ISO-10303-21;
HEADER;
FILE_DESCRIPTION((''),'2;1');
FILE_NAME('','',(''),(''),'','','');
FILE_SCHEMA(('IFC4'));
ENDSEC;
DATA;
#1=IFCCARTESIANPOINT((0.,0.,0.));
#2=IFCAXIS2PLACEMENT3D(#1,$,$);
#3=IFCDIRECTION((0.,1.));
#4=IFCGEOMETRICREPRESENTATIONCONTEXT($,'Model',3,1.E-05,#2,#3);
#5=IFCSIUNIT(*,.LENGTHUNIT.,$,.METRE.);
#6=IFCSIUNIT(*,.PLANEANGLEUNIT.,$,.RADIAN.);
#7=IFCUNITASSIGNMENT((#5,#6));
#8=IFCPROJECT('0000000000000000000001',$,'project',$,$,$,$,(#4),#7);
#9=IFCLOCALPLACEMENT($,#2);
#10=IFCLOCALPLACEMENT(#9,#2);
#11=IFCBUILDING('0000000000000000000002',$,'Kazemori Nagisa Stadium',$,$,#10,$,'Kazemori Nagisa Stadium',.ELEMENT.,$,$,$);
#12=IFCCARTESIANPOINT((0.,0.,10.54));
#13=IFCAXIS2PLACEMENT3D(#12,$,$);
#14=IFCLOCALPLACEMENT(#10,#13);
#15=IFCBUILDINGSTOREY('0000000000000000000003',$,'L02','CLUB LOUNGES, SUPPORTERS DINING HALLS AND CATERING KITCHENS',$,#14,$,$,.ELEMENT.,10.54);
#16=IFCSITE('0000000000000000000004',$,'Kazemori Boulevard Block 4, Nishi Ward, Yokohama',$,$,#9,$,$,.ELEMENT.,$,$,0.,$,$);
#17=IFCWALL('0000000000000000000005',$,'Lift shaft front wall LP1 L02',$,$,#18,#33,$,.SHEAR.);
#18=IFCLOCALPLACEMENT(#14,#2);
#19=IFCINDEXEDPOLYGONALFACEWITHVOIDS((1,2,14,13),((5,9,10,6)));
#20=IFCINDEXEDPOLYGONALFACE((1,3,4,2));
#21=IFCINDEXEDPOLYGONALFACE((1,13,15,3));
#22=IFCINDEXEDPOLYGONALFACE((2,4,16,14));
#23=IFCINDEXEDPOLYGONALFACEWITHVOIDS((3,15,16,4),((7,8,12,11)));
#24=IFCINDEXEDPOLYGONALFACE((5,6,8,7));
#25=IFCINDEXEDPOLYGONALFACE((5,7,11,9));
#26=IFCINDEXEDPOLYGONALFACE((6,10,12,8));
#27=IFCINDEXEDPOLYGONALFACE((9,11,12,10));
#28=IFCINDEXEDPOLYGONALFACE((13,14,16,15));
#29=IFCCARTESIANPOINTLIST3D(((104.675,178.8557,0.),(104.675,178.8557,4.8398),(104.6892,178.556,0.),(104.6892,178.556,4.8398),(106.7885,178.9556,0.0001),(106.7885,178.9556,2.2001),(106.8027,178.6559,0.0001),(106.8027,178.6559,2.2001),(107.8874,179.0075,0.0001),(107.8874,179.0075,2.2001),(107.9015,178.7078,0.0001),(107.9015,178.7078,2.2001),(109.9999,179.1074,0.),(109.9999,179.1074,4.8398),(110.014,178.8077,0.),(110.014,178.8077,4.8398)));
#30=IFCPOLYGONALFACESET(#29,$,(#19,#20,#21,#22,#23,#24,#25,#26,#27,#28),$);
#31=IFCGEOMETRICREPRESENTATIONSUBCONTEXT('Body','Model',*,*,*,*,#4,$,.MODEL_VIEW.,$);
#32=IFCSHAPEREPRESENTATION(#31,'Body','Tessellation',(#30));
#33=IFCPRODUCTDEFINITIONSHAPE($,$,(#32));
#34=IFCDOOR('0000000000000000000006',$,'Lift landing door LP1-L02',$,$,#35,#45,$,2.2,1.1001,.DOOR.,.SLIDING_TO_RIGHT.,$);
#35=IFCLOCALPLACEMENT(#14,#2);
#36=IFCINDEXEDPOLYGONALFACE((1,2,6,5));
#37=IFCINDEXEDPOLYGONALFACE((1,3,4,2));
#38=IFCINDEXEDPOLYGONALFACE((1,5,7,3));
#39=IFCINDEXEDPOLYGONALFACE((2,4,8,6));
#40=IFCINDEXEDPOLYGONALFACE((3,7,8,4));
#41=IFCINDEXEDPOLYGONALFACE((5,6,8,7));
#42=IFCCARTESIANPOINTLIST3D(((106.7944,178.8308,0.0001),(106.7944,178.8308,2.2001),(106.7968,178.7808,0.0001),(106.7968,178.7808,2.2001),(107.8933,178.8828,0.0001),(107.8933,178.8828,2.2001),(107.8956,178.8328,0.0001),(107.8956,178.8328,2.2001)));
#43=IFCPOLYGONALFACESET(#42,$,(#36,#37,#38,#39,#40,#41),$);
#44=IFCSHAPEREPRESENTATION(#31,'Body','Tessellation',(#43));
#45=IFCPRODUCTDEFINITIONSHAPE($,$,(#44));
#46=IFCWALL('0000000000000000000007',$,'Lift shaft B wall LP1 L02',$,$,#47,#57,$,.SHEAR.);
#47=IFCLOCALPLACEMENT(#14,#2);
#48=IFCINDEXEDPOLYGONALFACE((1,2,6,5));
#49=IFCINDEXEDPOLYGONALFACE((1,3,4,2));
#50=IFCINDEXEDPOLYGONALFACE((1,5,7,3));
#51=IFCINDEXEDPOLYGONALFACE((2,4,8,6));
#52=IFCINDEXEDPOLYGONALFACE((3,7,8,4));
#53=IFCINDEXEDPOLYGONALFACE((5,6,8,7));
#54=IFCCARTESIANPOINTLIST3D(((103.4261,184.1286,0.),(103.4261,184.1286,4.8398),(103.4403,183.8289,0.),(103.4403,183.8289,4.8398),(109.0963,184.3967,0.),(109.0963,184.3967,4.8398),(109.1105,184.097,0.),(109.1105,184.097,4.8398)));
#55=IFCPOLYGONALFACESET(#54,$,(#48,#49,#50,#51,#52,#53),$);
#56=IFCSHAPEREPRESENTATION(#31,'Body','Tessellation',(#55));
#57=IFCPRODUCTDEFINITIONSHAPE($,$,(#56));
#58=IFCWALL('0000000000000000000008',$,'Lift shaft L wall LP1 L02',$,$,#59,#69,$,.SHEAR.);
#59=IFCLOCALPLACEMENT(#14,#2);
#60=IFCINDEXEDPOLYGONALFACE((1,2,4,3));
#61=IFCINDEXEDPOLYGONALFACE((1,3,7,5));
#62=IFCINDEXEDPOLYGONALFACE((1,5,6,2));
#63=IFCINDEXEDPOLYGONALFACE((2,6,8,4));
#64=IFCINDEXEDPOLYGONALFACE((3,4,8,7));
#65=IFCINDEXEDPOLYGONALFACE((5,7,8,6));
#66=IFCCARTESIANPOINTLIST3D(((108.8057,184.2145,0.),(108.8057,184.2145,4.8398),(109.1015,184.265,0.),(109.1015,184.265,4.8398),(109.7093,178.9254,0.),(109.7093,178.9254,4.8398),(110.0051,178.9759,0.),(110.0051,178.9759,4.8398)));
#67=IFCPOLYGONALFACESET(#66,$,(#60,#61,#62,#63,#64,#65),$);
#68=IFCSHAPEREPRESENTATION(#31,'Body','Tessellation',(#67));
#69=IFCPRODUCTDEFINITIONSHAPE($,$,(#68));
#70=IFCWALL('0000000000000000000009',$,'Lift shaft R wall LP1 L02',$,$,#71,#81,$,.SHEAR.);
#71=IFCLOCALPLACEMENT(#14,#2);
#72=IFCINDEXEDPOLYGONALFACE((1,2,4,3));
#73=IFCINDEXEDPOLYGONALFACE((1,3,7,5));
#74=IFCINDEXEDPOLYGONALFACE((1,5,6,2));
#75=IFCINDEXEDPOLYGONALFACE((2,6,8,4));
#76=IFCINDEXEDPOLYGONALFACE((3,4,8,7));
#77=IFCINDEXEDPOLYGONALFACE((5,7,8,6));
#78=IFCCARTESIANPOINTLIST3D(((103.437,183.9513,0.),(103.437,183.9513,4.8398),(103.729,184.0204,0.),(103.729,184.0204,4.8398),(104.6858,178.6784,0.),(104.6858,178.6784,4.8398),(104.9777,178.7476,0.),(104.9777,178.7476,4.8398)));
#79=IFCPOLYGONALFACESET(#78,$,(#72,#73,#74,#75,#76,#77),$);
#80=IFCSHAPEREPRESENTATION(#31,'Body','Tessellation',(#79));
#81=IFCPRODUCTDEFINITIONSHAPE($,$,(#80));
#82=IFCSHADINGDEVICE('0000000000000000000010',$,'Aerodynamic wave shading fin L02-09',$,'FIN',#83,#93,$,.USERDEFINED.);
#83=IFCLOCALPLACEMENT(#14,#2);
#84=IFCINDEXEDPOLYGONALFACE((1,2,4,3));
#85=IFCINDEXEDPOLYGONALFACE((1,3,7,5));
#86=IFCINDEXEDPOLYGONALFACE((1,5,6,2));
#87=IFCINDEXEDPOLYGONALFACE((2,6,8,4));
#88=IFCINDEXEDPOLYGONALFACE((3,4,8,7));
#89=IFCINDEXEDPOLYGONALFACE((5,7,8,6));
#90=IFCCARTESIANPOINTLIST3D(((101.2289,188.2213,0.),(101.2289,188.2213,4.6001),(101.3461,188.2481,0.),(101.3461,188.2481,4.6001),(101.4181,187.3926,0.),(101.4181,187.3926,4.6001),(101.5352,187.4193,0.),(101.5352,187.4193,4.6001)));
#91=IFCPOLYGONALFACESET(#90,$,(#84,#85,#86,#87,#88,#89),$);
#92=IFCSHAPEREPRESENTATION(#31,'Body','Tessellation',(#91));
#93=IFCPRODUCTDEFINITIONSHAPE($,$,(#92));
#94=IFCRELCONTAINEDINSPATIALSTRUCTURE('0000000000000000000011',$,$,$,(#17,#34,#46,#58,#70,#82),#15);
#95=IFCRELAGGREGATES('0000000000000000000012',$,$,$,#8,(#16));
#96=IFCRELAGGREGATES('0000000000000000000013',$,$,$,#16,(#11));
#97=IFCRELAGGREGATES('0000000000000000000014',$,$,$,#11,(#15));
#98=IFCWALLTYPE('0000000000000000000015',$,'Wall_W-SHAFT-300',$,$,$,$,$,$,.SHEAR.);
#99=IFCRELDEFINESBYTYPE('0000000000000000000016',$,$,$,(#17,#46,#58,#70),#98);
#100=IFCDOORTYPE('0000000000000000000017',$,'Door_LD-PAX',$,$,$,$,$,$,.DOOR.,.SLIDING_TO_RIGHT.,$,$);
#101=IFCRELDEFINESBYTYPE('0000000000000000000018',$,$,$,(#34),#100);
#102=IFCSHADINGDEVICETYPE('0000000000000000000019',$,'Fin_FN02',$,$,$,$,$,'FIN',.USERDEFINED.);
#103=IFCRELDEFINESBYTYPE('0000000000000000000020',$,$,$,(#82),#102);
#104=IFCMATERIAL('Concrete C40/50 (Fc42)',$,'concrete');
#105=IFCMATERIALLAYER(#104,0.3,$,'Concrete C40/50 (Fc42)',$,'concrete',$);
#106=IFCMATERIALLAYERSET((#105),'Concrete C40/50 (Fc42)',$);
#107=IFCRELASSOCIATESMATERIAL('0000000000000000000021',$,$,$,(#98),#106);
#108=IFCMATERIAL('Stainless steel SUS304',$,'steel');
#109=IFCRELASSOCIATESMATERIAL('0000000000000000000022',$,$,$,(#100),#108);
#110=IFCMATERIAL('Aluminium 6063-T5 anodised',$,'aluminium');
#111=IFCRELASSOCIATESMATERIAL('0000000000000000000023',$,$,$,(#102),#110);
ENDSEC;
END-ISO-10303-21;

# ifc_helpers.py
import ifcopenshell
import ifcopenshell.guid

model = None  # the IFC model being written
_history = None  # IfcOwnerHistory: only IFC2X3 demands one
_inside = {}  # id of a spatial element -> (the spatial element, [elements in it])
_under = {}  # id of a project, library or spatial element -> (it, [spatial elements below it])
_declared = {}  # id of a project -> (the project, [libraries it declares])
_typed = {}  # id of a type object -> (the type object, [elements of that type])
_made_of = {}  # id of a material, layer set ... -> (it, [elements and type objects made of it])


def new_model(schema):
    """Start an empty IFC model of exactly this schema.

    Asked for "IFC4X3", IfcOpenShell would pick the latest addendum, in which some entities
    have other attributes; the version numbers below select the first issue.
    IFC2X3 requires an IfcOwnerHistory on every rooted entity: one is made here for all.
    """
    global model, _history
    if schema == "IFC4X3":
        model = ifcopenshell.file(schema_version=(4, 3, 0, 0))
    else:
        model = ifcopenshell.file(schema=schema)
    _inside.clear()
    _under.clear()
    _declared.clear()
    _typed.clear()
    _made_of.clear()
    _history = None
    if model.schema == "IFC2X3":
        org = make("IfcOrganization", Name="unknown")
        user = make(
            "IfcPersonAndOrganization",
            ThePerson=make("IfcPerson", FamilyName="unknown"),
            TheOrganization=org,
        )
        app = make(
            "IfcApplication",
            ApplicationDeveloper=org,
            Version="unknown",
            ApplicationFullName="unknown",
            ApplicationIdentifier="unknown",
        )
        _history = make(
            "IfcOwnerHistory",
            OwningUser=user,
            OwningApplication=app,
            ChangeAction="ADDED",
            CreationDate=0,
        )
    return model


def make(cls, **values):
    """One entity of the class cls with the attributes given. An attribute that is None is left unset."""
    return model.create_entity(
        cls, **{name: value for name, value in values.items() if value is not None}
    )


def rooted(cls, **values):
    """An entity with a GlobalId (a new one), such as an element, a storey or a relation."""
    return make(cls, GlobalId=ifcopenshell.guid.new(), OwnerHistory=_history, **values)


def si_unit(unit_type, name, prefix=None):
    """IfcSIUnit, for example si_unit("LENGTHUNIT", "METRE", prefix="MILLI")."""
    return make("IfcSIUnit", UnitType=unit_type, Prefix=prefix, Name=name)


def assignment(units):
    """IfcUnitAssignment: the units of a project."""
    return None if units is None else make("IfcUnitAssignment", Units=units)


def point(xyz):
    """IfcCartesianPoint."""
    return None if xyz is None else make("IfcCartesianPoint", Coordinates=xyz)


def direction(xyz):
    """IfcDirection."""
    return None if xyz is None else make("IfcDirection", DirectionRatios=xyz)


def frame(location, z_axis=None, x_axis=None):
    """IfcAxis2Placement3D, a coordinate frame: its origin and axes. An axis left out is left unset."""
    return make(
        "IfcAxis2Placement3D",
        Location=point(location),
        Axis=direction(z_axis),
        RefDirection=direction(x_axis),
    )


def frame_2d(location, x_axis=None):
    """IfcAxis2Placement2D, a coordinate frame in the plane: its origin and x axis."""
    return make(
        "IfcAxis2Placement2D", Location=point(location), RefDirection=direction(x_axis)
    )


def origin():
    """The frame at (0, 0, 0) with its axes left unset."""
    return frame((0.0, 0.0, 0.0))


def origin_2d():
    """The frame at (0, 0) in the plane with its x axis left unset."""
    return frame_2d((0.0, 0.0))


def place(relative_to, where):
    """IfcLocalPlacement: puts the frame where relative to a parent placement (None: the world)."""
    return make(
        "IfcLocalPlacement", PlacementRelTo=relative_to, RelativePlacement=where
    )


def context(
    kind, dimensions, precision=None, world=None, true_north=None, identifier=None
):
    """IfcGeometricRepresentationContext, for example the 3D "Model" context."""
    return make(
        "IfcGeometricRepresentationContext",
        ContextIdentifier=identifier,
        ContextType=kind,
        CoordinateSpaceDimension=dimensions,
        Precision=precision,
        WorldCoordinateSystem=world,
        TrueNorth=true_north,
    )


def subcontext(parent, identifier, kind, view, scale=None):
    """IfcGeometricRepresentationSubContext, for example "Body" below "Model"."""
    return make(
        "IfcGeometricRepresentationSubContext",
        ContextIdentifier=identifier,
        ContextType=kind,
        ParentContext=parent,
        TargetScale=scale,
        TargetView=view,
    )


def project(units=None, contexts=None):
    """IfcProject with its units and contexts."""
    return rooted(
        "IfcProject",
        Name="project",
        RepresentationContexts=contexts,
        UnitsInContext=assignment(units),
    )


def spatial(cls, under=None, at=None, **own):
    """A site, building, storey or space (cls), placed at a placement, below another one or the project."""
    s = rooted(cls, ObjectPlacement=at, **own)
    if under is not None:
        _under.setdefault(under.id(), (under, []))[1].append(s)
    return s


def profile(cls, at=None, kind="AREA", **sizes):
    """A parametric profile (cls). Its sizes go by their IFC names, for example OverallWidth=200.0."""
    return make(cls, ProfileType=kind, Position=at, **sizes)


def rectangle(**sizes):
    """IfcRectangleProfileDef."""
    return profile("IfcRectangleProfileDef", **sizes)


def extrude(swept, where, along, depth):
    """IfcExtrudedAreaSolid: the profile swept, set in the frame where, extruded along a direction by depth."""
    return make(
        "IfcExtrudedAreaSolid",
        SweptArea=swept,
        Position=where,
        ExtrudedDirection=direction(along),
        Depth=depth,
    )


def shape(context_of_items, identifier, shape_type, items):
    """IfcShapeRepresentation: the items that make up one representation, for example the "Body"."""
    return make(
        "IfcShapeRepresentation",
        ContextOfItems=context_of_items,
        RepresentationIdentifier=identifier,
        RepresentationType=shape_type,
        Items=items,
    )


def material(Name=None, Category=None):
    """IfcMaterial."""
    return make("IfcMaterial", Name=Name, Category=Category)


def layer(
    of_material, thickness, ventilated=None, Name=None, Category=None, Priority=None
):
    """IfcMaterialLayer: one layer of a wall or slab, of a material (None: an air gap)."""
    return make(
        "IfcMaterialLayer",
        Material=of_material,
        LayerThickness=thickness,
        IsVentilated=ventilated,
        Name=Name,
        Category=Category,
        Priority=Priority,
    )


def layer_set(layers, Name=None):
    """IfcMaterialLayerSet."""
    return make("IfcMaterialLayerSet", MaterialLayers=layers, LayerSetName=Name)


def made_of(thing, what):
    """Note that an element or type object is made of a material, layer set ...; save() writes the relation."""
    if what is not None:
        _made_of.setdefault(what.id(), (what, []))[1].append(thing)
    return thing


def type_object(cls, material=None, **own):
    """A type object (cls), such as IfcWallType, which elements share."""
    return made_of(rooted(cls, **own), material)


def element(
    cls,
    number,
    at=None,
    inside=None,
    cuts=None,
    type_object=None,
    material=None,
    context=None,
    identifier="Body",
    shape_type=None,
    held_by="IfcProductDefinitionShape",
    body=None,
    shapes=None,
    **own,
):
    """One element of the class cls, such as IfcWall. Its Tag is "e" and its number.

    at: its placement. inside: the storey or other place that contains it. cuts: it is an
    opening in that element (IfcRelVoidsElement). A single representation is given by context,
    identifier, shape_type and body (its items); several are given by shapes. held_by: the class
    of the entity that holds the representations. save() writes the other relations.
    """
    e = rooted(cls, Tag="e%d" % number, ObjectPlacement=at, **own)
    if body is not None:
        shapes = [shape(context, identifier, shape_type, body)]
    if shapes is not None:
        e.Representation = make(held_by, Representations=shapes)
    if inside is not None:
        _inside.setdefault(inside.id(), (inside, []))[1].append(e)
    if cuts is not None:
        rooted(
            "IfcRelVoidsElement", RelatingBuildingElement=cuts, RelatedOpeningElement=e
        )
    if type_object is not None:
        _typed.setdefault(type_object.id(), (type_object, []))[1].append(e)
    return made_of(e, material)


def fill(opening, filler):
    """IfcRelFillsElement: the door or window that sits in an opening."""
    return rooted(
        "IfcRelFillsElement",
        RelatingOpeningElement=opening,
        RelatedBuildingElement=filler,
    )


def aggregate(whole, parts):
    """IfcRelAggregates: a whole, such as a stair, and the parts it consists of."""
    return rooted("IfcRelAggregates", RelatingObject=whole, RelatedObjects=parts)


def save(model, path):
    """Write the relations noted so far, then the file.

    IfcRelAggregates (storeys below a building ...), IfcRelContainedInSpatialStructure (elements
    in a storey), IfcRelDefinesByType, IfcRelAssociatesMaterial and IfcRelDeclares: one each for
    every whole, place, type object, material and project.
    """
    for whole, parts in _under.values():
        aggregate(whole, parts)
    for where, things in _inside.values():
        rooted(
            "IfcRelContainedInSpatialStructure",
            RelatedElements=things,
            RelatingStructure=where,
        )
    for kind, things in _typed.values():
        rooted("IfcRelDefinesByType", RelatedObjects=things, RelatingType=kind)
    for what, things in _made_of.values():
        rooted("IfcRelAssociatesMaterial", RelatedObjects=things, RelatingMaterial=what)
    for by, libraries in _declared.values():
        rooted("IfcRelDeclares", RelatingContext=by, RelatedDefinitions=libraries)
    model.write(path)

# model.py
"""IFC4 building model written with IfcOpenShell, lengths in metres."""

from ifc_helpers import new_model, si_unit, direction, frame, frame_2d, origin, origin_2d, place, context, subcontext, project, spatial, rectangle, extrude, material, layer, layer_set, type_object, element, fill, save


model = new_model("IFC4")

# Units and contexts
model_context = context("Model", 3, precision=1e-05, world=origin(), true_north=direction((0.0, 1.0)))
body_context = subcontext(model_context, "Body", "Model", "MODEL_VIEW")
ifc_project = project(units=[si_unit("LENGTHUNIT", "METRE"), si_unit("PLANEANGLEUNIT", "RADIAN")], contexts=[model_context])

# Site, building, storey
site_placement = place(None, origin())
site = spatial("IfcSite", under=ifc_project, at=site_placement, Name="Kazemori Boulevard Block 4, Nishi Ward, Yokohama", CompositionType="ELEMENT", RefElevation=0.0)
building_placement = place(site_placement, origin())
building = spatial("IfcBuilding", under=site, at=building_placement, Name="Kazemori Nagisa Stadium", LongName="Kazemori Nagisa Stadium", CompositionType="ELEMENT")
storey_placement = place(building_placement, frame((0.0, 0.0, 10.54)))
storey = spatial("IfcBuildingStorey", under=building, at=storey_placement, Name="L02", Description="CLUB LOUNGES, SUPPORTERS DINING HALLS AND CATERING KITCHENS", CompositionType="ELEMENT", Elevation=10.54)

# Shared definitions
ifc_material_1 = material(Name="Concrete C40/50 (Fc42)", Category="concrete")

# Shared definitions
ifc_material_2 = material(Name="Aluminium 6063-T5 anodised", Category="aluminium")

# Wall, opening, door
ifc_layer_1 = layer(ifc_material_1, 0.3, Name="Concrete C40/50 (Fc42)", Category="concrete")
ifc_layer_set_1 = layer_set([ifc_layer_1], Name="Concrete C40/50 (Fc42)")
wall_type_1 = type_object("IfcWallType", Name="Wall_W-SHAFT-300", PredefinedType="SHEAR", material=ifc_layer_set_1)
wall_1_placement = place(storey_placement, frame((110.0071, 178.9575, 0.0), z_axis=(0.0, 0.0, 1.0), x_axis=(-0.998885, -0.047217, 0.0)))
wall_1 = element("IfcWall", 1, at=wall_1_placement, inside=storey, type_object=wall_type_1, Name="Lift shaft front wall LP1 L02", PredefinedType="SHEAR", context=body_context, shape_type="SweptSolid", body=[
    extrude(rectangle(XDim=5.3308, YDim=0.3, at=frame_2d((2.6655, 0.0))), origin(), (0.0, 0.0, 1.0), 4.8398),
])
opening_1_placement = place(wall_1_placement, frame((2.115, 0.0, 0.0)))
opening_1 = element("IfcOpeningElement", 2, at=opening_1_placement, cuts=wall_1, PredefinedType="OPENING", context=body_context, shape_type="SweptSolid", body=[
    extrude(rectangle(XDim=1.1001, YDim=2.2, at=frame_2d((0.55, 1.1001))), frame((0.0, 0.1599, 0.0), z_axis=(0.0, -1.0, 0.0), x_axis=(1.0, 0.0, 0.0)), (0.0, 0.0, 1.0), 0.3201),
])
ifc_material_3 = material(Name="Stainless steel SUS304", Category="steel")
door_type_1 = type_object("IfcDoorType", Name="Door_LD-PAX", OperationType="SLIDING_TO_RIGHT", PredefinedType="DOOR", material=ifc_material_3)
door_1_placement = place(opening_1_placement, origin())
door_1 = element("IfcDoor", 3, at=door_1_placement, inside=storey, type_object=door_type_1, Name="Lift landing door LP1-L02", OperationType="SLIDING_TO_RIGHT", OverallHeight=2.2, OverallWidth=1.1001, PredefinedType="DOOR", context=body_context, shape_type="SweptSolid", body=[
    extrude(rectangle(XDim=1.1001, YDim=2.2, at=frame_2d((0.55, 1.1001))), frame((0.0, 0.0249, 0.0), z_axis=(0.0, -1.0, 0.0), x_axis=(1.0, 0.0, 0.0)), (0.0, 0.0, 1.0), 0.05),
])
fill(opening_1, door_1)

# Walls
wall_2_placement = place(storey_placement, frame((109.1035, 184.2468, 0.0), z_axis=(0.0, 0.0, 1.0), x_axis=(-0.998884, -0.047224, 0.0)))
element("IfcWall", 4, at=wall_2_placement, inside=storey, type_object=wall_type_1, Name="Lift shaft B wall LP1 L02", PredefinedType="SHEAR", context=body_context, shape_type="SweptSolid", body=[
    extrude(rectangle(XDim=5.6765, YDim=0.3, at=frame_2d((2.8384, 0.0))), origin(), (0.0, 0.0, 1.0), 4.8398),
])
wall_3_placement = place(storey_placement, frame((109.8572, 178.9507, 0.0), z_axis=(0.0, 0.0, 1.0), x_axis=(-0.168397, 0.985719, 0.0)))
element("IfcWall", 5, at=wall_3_placement, inside=storey, type_object=wall_type_1, Name="Lift shaft L wall LP1 L02", PredefinedType="SHEAR", context=body_context, shape_type="SweptSolid", body=[
    extrude(rectangle(XDim=5.3657, YDim=0.3, at=frame_2d((2.6829, 0.0))), origin(), (0.0, 0.0, 1.0), 4.8398),
])
wall_4_placement = place(storey_placement, frame((104.8318, 178.7129, 0.0), z_axis=(0.0, 0.0, 1.0), x_axis=(-0.230453, 0.973083, 0.0)))
element("IfcWall", 6, at=wall_4_placement, inside=storey, type_object=wall_type_1, Name="Lift shaft R wall LP1 L02", PredefinedType="SHEAR", context=body_context, shape_type="SweptSolid", body=[
    extrude(rectangle(XDim=5.4187, YDim=0.3, at=frame_2d((2.7095, 0.0))), origin(), (0.0, 0.0, 1.0), 4.8398),
])

# Shading device
shading_device_type = type_object("IfcShadingDeviceType", Name="Fin_FN02", ElementType="FIN", PredefinedType="USERDEFINED", material=ifc_material_2)
shading_device_placement = place(storey_placement, frame((101.3821, 187.8203, 0.0), z_axis=(0.0, 0.0, 1.0), x_axis=(-0.222521, 0.974928, 0.0)))
element("IfcShadingDevice", 7, at=shading_device_placement, inside=storey, type_object=shading_device_type, Name="Aerodynamic wave shading fin L02-09", ObjectType="FIN", PredefinedType="USERDEFINED", context=body_context, shape_type="SweptSolid", body=[
    extrude(rectangle(XDim=0.8501, YDim=0.1201, at=origin_2d()), origin(), (0.0, 0.0, 1.0), 4.6001),
])

save(model, "model.ifc")
